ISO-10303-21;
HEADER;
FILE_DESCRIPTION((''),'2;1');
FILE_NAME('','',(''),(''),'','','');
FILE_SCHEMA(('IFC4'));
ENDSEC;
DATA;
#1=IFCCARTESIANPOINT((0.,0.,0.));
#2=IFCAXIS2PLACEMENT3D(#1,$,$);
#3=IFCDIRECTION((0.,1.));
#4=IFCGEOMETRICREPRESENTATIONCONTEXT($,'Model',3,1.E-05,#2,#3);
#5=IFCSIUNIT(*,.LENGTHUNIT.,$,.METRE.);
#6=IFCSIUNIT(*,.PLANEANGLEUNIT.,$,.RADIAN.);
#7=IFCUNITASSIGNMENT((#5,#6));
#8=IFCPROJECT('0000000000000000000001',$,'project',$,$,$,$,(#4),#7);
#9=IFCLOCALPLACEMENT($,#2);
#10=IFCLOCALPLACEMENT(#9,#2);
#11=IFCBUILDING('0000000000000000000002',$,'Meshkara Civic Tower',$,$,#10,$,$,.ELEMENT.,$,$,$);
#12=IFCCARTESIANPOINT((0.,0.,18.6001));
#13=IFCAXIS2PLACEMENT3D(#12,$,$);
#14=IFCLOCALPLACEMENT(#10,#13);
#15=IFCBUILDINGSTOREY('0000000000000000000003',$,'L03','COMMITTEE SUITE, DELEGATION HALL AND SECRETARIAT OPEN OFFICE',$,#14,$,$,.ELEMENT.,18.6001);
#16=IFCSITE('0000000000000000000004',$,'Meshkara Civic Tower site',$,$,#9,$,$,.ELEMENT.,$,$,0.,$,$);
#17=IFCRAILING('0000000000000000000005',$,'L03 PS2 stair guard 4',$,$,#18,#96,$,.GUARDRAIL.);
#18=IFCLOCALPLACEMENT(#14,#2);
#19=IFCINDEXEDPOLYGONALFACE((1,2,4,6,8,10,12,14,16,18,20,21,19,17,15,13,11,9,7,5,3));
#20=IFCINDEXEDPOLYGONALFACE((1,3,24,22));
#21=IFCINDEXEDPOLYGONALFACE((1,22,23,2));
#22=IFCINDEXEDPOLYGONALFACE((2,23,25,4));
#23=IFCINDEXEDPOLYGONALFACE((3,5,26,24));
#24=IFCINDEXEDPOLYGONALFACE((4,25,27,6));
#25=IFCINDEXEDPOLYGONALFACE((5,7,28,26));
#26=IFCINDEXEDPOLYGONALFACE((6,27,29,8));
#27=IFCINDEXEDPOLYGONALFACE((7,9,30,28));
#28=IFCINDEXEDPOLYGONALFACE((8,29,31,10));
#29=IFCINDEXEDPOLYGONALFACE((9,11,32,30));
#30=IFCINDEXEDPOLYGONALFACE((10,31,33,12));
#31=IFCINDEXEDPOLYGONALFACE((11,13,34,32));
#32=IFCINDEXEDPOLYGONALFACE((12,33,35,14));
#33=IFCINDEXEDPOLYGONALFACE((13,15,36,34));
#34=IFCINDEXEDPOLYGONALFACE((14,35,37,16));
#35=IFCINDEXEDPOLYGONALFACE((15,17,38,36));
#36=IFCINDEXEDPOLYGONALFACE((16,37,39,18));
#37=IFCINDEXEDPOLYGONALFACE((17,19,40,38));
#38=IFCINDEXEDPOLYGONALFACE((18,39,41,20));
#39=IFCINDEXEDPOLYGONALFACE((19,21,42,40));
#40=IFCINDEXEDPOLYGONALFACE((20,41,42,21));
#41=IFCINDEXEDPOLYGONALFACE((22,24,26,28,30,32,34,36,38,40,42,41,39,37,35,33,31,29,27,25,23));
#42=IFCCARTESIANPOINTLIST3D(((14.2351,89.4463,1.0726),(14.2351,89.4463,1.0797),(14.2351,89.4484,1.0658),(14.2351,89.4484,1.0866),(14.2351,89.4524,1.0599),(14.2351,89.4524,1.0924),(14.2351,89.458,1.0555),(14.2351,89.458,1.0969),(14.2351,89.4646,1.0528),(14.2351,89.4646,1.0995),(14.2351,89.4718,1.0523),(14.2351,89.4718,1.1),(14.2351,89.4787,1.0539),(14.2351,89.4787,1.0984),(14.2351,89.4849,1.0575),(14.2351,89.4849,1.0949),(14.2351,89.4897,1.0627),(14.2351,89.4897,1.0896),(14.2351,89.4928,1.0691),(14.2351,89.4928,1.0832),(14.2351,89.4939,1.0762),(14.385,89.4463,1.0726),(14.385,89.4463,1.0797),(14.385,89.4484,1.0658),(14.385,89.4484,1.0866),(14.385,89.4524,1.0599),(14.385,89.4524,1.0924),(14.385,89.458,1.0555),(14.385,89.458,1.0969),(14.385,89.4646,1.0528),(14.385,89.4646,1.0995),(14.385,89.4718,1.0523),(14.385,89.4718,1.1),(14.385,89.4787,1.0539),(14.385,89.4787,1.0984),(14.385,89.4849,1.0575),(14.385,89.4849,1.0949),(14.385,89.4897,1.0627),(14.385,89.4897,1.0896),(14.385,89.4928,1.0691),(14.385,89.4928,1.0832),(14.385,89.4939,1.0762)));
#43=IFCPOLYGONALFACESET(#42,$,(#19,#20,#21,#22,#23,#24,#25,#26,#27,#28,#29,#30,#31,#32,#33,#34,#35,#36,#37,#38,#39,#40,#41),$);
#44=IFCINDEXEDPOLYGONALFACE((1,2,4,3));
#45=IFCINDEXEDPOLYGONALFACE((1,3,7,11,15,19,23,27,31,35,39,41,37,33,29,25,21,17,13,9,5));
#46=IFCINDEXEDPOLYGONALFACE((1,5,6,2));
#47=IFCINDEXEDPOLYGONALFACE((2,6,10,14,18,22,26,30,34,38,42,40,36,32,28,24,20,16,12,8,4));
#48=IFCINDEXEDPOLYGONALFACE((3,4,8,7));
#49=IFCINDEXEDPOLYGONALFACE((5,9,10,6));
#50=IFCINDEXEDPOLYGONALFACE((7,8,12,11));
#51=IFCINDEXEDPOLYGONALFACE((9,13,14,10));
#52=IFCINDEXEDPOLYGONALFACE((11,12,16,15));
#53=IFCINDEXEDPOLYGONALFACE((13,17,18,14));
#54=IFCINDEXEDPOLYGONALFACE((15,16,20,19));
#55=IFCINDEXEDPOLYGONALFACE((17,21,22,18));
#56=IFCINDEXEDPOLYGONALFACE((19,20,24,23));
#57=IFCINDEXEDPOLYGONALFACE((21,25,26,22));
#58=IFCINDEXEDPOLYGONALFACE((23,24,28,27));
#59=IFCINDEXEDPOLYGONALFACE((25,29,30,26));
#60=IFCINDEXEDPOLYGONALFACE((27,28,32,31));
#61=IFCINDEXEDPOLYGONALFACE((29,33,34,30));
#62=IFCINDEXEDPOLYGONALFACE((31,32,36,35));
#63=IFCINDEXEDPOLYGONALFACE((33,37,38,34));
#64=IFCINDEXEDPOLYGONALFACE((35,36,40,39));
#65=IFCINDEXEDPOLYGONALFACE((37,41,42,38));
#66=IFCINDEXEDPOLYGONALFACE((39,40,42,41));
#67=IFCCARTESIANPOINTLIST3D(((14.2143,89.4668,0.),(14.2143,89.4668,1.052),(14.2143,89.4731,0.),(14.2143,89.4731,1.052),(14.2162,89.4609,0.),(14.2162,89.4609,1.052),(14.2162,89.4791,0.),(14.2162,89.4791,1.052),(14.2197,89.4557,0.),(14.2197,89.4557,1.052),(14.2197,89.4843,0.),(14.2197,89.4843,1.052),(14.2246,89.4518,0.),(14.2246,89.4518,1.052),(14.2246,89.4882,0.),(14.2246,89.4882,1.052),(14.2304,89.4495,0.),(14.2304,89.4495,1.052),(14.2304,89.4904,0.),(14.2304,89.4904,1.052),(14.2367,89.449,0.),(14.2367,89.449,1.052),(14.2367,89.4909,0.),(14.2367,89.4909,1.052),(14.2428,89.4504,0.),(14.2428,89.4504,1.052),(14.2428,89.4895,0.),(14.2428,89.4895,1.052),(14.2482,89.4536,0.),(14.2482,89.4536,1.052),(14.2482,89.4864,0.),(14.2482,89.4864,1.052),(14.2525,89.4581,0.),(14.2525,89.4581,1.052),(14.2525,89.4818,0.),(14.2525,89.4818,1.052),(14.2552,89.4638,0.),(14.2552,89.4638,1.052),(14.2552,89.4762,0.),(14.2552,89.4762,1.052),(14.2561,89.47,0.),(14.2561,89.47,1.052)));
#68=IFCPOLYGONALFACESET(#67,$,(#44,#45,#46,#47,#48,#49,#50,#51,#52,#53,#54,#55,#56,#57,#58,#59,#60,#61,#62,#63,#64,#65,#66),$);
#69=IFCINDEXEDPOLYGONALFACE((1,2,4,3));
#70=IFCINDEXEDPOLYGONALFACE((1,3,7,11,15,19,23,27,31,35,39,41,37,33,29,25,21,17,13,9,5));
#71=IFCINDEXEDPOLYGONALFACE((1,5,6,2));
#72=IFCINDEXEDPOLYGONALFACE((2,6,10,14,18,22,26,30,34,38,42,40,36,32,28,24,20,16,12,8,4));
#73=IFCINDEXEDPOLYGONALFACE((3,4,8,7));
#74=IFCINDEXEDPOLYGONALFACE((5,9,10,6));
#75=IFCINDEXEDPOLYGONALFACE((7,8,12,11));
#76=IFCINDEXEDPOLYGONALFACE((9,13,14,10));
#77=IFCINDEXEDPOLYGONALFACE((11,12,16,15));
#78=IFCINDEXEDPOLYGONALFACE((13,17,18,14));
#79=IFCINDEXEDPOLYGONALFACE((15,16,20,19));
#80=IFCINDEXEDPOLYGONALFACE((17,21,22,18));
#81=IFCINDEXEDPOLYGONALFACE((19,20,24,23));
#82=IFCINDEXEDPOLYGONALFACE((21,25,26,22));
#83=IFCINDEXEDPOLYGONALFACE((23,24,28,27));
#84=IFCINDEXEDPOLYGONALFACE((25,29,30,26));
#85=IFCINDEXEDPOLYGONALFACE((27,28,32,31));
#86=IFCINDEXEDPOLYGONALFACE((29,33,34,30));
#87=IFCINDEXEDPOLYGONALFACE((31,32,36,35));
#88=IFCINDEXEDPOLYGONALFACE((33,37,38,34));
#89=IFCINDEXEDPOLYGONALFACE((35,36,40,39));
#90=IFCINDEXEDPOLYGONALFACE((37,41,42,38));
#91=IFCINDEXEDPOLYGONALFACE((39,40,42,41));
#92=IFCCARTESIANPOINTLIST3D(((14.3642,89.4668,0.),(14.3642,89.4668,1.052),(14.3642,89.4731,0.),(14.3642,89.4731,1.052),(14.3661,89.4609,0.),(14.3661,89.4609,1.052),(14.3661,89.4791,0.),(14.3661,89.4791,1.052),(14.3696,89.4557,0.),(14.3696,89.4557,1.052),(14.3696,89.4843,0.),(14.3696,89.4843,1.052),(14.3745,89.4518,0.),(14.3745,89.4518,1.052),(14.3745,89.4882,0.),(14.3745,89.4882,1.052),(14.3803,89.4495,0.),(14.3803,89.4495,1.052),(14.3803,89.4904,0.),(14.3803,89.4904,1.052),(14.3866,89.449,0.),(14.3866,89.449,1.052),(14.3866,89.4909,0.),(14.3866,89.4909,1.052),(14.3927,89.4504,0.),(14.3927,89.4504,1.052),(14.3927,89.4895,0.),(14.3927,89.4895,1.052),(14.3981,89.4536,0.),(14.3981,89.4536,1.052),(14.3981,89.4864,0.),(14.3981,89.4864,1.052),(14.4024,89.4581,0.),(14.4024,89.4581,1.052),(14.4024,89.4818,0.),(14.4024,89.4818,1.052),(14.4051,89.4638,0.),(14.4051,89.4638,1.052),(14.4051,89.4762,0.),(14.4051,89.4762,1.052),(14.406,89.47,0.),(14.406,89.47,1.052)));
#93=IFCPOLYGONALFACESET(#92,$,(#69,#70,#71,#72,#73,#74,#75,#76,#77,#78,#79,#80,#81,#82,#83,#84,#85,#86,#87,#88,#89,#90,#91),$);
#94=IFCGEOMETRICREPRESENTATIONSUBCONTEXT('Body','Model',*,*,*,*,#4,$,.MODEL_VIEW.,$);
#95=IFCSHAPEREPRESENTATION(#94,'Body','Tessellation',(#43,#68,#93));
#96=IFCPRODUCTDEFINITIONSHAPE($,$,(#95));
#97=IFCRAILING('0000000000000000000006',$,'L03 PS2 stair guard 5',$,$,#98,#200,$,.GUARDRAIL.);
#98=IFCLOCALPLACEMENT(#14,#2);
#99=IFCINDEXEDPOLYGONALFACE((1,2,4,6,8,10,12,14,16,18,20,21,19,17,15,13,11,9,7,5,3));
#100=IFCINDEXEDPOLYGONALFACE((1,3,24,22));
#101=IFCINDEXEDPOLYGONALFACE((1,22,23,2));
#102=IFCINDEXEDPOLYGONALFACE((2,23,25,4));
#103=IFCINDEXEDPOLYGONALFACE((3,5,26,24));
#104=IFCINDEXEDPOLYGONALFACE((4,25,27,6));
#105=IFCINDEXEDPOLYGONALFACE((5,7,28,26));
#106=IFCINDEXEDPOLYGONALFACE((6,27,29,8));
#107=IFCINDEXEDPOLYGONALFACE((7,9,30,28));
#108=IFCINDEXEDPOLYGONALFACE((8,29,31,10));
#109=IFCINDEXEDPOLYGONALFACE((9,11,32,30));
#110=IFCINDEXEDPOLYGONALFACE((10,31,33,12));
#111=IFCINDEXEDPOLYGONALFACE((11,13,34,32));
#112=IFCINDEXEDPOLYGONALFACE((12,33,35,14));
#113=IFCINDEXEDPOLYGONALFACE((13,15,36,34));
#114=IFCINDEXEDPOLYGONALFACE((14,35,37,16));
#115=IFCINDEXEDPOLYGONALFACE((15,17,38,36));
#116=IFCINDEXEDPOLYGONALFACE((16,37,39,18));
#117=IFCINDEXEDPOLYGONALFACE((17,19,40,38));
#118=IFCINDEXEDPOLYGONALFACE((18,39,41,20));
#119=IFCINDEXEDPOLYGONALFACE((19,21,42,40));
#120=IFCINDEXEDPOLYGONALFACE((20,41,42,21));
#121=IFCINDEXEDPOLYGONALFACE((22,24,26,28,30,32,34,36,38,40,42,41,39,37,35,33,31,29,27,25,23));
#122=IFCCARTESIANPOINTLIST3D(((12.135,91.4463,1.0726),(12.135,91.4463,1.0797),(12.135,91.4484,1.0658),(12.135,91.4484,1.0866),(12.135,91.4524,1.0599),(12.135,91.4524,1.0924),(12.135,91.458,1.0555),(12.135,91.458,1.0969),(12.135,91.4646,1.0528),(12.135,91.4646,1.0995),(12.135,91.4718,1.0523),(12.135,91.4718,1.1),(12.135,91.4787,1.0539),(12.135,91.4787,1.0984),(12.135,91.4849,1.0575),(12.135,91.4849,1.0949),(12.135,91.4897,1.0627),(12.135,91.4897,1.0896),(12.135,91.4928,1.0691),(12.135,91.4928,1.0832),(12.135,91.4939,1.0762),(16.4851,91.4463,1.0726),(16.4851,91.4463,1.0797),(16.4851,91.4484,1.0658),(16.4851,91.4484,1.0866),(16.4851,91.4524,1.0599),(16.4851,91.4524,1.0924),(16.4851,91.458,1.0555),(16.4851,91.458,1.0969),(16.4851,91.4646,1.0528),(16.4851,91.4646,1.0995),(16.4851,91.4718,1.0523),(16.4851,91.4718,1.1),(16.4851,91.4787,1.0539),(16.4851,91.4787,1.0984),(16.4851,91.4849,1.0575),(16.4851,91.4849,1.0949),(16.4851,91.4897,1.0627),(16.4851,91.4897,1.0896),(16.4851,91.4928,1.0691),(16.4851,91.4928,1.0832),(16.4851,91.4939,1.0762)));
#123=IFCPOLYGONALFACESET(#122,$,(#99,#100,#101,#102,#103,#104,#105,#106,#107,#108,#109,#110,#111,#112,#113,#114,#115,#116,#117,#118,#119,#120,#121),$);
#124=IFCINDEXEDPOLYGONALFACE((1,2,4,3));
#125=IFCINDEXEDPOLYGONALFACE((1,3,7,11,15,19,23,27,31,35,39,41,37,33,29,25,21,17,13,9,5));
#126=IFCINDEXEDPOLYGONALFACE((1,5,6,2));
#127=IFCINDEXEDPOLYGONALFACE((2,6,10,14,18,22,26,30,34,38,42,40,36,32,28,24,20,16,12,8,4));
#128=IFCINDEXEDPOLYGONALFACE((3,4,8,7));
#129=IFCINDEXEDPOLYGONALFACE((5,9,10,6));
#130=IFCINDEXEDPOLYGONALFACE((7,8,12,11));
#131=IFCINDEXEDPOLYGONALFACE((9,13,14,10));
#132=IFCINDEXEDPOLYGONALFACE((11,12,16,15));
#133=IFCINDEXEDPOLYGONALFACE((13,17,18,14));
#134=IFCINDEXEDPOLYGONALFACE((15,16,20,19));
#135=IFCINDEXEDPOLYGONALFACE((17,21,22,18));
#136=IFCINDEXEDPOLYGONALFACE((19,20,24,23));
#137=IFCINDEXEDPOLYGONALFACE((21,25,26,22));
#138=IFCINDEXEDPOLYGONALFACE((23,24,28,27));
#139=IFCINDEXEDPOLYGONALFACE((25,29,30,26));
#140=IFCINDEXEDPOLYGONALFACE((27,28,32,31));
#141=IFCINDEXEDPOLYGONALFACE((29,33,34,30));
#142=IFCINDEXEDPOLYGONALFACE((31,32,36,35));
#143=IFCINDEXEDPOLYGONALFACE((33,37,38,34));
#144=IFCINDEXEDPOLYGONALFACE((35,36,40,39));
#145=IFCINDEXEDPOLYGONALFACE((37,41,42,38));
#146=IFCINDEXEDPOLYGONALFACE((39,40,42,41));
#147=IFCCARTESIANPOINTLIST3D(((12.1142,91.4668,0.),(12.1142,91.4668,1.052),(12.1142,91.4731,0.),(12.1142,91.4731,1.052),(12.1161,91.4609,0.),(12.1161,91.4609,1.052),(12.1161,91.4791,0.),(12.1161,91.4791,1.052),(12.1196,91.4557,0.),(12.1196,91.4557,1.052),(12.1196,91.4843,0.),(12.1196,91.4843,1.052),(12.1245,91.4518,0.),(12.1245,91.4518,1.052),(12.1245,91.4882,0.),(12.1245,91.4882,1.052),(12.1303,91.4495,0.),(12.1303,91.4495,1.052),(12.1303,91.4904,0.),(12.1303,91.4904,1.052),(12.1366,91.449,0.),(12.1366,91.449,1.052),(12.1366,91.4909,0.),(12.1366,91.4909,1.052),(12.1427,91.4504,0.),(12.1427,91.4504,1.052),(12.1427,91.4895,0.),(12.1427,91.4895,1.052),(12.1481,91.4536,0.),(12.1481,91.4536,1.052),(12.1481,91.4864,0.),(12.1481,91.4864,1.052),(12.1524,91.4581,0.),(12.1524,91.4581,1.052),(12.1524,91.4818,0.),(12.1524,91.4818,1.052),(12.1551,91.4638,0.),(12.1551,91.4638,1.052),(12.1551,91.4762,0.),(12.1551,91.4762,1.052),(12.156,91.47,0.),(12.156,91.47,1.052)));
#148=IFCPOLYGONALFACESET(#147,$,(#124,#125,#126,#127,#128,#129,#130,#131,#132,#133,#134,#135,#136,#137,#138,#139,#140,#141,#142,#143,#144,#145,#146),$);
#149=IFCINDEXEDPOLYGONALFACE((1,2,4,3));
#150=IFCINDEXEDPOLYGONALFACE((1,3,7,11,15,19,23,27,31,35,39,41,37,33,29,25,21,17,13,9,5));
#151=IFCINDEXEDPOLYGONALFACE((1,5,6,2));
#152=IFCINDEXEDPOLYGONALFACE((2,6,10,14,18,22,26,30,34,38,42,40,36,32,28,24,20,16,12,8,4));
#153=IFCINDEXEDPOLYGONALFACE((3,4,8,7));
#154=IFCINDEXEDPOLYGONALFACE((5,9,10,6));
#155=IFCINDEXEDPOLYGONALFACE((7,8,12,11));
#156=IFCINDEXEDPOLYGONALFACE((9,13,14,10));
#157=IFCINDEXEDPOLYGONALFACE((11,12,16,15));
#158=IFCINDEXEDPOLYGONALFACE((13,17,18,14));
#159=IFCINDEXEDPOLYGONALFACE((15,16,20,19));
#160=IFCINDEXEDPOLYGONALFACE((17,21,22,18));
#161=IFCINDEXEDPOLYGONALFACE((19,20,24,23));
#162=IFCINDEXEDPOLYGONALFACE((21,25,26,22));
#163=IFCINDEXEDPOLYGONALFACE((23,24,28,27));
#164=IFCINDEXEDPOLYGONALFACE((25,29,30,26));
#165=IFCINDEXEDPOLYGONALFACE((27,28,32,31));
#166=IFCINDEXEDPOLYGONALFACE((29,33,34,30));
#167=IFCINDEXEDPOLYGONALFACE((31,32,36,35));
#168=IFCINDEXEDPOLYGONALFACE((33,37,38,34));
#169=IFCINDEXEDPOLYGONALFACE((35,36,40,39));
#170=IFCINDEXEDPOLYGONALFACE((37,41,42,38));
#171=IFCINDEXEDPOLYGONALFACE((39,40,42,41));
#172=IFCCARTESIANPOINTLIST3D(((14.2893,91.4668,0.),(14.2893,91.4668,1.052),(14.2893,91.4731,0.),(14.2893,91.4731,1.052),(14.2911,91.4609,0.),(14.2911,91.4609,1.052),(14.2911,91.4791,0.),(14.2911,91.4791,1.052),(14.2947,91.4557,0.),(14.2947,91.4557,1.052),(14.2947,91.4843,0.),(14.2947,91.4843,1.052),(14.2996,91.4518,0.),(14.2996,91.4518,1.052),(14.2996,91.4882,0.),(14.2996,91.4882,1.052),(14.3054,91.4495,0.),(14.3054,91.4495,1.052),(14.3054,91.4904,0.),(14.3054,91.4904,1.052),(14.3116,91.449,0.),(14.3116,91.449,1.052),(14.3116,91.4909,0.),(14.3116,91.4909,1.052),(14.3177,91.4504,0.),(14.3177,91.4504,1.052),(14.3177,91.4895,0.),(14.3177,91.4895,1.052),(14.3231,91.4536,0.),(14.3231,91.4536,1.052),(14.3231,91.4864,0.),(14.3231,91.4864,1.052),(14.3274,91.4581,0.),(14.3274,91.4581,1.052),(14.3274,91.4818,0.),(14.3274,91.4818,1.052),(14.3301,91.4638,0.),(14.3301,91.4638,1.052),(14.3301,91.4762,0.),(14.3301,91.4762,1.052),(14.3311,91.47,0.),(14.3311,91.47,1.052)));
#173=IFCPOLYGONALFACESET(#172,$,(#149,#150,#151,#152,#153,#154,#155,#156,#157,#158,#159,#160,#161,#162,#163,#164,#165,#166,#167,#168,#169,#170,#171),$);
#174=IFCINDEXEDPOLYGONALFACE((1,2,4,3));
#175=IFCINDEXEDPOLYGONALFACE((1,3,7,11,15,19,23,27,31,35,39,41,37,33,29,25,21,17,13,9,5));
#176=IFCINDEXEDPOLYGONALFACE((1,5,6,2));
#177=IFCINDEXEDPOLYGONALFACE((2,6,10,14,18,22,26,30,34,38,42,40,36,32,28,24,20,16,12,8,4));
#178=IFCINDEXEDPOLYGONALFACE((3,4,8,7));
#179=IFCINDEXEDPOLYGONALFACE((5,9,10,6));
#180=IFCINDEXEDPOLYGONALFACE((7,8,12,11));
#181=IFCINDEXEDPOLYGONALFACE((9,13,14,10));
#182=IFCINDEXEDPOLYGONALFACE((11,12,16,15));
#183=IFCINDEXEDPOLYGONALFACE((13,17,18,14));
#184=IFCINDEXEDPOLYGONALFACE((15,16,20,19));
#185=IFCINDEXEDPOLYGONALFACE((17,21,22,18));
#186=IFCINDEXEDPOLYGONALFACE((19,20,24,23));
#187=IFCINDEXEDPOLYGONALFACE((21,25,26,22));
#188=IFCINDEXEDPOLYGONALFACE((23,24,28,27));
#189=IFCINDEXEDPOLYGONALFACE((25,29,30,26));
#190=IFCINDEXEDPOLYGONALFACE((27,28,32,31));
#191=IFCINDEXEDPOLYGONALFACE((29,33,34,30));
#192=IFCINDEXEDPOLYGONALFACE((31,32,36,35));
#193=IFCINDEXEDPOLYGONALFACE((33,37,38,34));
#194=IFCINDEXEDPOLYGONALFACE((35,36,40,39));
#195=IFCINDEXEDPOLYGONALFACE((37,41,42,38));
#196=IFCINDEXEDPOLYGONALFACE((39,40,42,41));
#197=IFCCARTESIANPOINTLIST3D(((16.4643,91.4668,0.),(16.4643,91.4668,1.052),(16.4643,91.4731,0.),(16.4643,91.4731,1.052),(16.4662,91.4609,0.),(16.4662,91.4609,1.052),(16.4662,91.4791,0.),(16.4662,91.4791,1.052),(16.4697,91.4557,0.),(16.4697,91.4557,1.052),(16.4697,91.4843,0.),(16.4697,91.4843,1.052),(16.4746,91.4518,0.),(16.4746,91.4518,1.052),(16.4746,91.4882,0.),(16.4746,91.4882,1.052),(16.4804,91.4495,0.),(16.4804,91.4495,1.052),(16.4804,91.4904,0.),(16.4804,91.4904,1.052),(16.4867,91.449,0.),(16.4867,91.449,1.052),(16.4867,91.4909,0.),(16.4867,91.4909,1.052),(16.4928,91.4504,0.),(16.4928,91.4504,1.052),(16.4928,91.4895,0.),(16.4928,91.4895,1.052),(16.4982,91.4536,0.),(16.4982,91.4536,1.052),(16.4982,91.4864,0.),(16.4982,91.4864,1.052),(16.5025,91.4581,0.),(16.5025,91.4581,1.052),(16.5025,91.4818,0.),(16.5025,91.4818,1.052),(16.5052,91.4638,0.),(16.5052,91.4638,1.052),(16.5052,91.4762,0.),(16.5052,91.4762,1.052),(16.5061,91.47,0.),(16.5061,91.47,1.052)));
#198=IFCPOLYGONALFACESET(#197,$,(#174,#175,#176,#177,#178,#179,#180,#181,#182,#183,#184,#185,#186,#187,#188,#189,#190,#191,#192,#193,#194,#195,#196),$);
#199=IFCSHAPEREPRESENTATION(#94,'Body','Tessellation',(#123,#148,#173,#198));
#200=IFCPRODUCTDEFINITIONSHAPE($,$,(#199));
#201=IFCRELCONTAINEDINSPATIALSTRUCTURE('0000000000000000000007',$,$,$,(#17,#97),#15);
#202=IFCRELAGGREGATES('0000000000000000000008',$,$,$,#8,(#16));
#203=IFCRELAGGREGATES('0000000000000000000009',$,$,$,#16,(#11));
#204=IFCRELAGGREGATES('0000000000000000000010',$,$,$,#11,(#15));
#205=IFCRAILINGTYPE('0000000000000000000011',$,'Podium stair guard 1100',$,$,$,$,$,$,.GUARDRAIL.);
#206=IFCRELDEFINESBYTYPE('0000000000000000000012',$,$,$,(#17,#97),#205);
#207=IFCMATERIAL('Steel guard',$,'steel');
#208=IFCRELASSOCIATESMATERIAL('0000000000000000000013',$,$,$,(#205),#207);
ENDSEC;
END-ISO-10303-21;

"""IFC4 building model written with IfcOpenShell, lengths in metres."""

from ifc_helpers import new_model, si_unit, direction, frame, origin, origin_2d, place, context, subcontext, project, spatial, circle, extrude, material, type_object, element, save


model = new_model("IFC4")

# Units and contexts
model_context = context("Model", 3, precision=1e-05, world=origin(), true_north=direction((0.0, 1.0)))
body_context = subcontext(model_context, "Body", "Model", "MODEL_VIEW")
ifc_project = project(units=[si_unit("LENGTHUNIT", "METRE"), si_unit("PLANEANGLEUNIT", "RADIAN")], contexts=[model_context])

# Site, building, storey
site_placement = place(None, origin())
site = spatial("IfcSite", under=ifc_project, at=site_placement, Name="Meshkara Civic Tower site", CompositionType="ELEMENT", RefElevation=0.0)
building_placement = place(site_placement, origin())
building = spatial("IfcBuilding", under=site, at=building_placement, Name="Meshkara Civic Tower", CompositionType="ELEMENT")
storey_placement = place(building_placement, frame((0.0, 0.0, 18.6001)))
storey = spatial("IfcBuildingStorey", under=building, at=storey_placement, Name="L03", Description="COMMITTEE SUITE, DELEGATION HALL AND SECRETARIAT OPEN OFFICE", CompositionType="ELEMENT", Elevation=18.6001)

# Railings
ifc_material_1 = material(Name="Steel guard", Category="steel")
railing_type_1 = type_object("IfcRailingType", Name="Podium stair guard 1100", PredefinedType="GUARDRAIL", material=ifc_material_1)
railing_1_placement = place(storey_placement, frame((14.2351, 89.47, 0.0)))
element("IfcRailing", 1, at=railing_1_placement, inside=storey, type_object=railing_type_1, Name="L03 PS2 stair guard 4", PredefinedType="GUARDRAIL", context=body_context, shape_type="SweptSolid", body=[
    extrude(circle(Radius=0.0239, at=origin_2d()), frame((0.0, 0.0, 1.0762), z_axis=(1.0, 0.0, 0.0), x_axis=(0.0, 1.0, 0.0)), (0.0, 0.0, 1.0), 0.1499),
    extrude(circle(Radius=0.021, at=origin_2d()), origin(), (0.0, 0.0, 1.0), 1.052),
    extrude(circle(Radius=0.021, at=origin_2d()), frame((0.1499, 0.0, 0.0)), (0.0, 0.0, 1.0), 1.052),
])
railing_2_placement = place(storey_placement, frame((12.135, 91.47, 0.0)))
element("IfcRailing", 2, at=railing_2_placement, inside=storey, type_object=railing_type_1, Name="L03 PS2 stair guard 5", PredefinedType="GUARDRAIL", context=body_context, shape_type="SweptSolid", body=[
    extrude(circle(Radius=0.0239, at=origin_2d()), frame((0.0, 0.0, 1.0762), z_axis=(1.0, 0.0, 0.0), x_axis=(0.0, 1.0, 0.0)), (0.0, 0.0, 1.0), 4.3501),
    extrude(circle(Radius=0.021, at=origin_2d()), origin(), (0.0, 0.0, 1.0), 1.052),
    extrude(circle(Radius=0.021, at=origin_2d()), frame((2.175, 0.0, 0.0)), (0.0, 0.0, 1.0), 1.052),
    extrude(circle(Radius=0.021, at=origin_2d()), frame((4.3501, 0.0, 0.0)), (0.0, 0.0, 1.0), 1.052),
])

save(model, "model.ifc")
